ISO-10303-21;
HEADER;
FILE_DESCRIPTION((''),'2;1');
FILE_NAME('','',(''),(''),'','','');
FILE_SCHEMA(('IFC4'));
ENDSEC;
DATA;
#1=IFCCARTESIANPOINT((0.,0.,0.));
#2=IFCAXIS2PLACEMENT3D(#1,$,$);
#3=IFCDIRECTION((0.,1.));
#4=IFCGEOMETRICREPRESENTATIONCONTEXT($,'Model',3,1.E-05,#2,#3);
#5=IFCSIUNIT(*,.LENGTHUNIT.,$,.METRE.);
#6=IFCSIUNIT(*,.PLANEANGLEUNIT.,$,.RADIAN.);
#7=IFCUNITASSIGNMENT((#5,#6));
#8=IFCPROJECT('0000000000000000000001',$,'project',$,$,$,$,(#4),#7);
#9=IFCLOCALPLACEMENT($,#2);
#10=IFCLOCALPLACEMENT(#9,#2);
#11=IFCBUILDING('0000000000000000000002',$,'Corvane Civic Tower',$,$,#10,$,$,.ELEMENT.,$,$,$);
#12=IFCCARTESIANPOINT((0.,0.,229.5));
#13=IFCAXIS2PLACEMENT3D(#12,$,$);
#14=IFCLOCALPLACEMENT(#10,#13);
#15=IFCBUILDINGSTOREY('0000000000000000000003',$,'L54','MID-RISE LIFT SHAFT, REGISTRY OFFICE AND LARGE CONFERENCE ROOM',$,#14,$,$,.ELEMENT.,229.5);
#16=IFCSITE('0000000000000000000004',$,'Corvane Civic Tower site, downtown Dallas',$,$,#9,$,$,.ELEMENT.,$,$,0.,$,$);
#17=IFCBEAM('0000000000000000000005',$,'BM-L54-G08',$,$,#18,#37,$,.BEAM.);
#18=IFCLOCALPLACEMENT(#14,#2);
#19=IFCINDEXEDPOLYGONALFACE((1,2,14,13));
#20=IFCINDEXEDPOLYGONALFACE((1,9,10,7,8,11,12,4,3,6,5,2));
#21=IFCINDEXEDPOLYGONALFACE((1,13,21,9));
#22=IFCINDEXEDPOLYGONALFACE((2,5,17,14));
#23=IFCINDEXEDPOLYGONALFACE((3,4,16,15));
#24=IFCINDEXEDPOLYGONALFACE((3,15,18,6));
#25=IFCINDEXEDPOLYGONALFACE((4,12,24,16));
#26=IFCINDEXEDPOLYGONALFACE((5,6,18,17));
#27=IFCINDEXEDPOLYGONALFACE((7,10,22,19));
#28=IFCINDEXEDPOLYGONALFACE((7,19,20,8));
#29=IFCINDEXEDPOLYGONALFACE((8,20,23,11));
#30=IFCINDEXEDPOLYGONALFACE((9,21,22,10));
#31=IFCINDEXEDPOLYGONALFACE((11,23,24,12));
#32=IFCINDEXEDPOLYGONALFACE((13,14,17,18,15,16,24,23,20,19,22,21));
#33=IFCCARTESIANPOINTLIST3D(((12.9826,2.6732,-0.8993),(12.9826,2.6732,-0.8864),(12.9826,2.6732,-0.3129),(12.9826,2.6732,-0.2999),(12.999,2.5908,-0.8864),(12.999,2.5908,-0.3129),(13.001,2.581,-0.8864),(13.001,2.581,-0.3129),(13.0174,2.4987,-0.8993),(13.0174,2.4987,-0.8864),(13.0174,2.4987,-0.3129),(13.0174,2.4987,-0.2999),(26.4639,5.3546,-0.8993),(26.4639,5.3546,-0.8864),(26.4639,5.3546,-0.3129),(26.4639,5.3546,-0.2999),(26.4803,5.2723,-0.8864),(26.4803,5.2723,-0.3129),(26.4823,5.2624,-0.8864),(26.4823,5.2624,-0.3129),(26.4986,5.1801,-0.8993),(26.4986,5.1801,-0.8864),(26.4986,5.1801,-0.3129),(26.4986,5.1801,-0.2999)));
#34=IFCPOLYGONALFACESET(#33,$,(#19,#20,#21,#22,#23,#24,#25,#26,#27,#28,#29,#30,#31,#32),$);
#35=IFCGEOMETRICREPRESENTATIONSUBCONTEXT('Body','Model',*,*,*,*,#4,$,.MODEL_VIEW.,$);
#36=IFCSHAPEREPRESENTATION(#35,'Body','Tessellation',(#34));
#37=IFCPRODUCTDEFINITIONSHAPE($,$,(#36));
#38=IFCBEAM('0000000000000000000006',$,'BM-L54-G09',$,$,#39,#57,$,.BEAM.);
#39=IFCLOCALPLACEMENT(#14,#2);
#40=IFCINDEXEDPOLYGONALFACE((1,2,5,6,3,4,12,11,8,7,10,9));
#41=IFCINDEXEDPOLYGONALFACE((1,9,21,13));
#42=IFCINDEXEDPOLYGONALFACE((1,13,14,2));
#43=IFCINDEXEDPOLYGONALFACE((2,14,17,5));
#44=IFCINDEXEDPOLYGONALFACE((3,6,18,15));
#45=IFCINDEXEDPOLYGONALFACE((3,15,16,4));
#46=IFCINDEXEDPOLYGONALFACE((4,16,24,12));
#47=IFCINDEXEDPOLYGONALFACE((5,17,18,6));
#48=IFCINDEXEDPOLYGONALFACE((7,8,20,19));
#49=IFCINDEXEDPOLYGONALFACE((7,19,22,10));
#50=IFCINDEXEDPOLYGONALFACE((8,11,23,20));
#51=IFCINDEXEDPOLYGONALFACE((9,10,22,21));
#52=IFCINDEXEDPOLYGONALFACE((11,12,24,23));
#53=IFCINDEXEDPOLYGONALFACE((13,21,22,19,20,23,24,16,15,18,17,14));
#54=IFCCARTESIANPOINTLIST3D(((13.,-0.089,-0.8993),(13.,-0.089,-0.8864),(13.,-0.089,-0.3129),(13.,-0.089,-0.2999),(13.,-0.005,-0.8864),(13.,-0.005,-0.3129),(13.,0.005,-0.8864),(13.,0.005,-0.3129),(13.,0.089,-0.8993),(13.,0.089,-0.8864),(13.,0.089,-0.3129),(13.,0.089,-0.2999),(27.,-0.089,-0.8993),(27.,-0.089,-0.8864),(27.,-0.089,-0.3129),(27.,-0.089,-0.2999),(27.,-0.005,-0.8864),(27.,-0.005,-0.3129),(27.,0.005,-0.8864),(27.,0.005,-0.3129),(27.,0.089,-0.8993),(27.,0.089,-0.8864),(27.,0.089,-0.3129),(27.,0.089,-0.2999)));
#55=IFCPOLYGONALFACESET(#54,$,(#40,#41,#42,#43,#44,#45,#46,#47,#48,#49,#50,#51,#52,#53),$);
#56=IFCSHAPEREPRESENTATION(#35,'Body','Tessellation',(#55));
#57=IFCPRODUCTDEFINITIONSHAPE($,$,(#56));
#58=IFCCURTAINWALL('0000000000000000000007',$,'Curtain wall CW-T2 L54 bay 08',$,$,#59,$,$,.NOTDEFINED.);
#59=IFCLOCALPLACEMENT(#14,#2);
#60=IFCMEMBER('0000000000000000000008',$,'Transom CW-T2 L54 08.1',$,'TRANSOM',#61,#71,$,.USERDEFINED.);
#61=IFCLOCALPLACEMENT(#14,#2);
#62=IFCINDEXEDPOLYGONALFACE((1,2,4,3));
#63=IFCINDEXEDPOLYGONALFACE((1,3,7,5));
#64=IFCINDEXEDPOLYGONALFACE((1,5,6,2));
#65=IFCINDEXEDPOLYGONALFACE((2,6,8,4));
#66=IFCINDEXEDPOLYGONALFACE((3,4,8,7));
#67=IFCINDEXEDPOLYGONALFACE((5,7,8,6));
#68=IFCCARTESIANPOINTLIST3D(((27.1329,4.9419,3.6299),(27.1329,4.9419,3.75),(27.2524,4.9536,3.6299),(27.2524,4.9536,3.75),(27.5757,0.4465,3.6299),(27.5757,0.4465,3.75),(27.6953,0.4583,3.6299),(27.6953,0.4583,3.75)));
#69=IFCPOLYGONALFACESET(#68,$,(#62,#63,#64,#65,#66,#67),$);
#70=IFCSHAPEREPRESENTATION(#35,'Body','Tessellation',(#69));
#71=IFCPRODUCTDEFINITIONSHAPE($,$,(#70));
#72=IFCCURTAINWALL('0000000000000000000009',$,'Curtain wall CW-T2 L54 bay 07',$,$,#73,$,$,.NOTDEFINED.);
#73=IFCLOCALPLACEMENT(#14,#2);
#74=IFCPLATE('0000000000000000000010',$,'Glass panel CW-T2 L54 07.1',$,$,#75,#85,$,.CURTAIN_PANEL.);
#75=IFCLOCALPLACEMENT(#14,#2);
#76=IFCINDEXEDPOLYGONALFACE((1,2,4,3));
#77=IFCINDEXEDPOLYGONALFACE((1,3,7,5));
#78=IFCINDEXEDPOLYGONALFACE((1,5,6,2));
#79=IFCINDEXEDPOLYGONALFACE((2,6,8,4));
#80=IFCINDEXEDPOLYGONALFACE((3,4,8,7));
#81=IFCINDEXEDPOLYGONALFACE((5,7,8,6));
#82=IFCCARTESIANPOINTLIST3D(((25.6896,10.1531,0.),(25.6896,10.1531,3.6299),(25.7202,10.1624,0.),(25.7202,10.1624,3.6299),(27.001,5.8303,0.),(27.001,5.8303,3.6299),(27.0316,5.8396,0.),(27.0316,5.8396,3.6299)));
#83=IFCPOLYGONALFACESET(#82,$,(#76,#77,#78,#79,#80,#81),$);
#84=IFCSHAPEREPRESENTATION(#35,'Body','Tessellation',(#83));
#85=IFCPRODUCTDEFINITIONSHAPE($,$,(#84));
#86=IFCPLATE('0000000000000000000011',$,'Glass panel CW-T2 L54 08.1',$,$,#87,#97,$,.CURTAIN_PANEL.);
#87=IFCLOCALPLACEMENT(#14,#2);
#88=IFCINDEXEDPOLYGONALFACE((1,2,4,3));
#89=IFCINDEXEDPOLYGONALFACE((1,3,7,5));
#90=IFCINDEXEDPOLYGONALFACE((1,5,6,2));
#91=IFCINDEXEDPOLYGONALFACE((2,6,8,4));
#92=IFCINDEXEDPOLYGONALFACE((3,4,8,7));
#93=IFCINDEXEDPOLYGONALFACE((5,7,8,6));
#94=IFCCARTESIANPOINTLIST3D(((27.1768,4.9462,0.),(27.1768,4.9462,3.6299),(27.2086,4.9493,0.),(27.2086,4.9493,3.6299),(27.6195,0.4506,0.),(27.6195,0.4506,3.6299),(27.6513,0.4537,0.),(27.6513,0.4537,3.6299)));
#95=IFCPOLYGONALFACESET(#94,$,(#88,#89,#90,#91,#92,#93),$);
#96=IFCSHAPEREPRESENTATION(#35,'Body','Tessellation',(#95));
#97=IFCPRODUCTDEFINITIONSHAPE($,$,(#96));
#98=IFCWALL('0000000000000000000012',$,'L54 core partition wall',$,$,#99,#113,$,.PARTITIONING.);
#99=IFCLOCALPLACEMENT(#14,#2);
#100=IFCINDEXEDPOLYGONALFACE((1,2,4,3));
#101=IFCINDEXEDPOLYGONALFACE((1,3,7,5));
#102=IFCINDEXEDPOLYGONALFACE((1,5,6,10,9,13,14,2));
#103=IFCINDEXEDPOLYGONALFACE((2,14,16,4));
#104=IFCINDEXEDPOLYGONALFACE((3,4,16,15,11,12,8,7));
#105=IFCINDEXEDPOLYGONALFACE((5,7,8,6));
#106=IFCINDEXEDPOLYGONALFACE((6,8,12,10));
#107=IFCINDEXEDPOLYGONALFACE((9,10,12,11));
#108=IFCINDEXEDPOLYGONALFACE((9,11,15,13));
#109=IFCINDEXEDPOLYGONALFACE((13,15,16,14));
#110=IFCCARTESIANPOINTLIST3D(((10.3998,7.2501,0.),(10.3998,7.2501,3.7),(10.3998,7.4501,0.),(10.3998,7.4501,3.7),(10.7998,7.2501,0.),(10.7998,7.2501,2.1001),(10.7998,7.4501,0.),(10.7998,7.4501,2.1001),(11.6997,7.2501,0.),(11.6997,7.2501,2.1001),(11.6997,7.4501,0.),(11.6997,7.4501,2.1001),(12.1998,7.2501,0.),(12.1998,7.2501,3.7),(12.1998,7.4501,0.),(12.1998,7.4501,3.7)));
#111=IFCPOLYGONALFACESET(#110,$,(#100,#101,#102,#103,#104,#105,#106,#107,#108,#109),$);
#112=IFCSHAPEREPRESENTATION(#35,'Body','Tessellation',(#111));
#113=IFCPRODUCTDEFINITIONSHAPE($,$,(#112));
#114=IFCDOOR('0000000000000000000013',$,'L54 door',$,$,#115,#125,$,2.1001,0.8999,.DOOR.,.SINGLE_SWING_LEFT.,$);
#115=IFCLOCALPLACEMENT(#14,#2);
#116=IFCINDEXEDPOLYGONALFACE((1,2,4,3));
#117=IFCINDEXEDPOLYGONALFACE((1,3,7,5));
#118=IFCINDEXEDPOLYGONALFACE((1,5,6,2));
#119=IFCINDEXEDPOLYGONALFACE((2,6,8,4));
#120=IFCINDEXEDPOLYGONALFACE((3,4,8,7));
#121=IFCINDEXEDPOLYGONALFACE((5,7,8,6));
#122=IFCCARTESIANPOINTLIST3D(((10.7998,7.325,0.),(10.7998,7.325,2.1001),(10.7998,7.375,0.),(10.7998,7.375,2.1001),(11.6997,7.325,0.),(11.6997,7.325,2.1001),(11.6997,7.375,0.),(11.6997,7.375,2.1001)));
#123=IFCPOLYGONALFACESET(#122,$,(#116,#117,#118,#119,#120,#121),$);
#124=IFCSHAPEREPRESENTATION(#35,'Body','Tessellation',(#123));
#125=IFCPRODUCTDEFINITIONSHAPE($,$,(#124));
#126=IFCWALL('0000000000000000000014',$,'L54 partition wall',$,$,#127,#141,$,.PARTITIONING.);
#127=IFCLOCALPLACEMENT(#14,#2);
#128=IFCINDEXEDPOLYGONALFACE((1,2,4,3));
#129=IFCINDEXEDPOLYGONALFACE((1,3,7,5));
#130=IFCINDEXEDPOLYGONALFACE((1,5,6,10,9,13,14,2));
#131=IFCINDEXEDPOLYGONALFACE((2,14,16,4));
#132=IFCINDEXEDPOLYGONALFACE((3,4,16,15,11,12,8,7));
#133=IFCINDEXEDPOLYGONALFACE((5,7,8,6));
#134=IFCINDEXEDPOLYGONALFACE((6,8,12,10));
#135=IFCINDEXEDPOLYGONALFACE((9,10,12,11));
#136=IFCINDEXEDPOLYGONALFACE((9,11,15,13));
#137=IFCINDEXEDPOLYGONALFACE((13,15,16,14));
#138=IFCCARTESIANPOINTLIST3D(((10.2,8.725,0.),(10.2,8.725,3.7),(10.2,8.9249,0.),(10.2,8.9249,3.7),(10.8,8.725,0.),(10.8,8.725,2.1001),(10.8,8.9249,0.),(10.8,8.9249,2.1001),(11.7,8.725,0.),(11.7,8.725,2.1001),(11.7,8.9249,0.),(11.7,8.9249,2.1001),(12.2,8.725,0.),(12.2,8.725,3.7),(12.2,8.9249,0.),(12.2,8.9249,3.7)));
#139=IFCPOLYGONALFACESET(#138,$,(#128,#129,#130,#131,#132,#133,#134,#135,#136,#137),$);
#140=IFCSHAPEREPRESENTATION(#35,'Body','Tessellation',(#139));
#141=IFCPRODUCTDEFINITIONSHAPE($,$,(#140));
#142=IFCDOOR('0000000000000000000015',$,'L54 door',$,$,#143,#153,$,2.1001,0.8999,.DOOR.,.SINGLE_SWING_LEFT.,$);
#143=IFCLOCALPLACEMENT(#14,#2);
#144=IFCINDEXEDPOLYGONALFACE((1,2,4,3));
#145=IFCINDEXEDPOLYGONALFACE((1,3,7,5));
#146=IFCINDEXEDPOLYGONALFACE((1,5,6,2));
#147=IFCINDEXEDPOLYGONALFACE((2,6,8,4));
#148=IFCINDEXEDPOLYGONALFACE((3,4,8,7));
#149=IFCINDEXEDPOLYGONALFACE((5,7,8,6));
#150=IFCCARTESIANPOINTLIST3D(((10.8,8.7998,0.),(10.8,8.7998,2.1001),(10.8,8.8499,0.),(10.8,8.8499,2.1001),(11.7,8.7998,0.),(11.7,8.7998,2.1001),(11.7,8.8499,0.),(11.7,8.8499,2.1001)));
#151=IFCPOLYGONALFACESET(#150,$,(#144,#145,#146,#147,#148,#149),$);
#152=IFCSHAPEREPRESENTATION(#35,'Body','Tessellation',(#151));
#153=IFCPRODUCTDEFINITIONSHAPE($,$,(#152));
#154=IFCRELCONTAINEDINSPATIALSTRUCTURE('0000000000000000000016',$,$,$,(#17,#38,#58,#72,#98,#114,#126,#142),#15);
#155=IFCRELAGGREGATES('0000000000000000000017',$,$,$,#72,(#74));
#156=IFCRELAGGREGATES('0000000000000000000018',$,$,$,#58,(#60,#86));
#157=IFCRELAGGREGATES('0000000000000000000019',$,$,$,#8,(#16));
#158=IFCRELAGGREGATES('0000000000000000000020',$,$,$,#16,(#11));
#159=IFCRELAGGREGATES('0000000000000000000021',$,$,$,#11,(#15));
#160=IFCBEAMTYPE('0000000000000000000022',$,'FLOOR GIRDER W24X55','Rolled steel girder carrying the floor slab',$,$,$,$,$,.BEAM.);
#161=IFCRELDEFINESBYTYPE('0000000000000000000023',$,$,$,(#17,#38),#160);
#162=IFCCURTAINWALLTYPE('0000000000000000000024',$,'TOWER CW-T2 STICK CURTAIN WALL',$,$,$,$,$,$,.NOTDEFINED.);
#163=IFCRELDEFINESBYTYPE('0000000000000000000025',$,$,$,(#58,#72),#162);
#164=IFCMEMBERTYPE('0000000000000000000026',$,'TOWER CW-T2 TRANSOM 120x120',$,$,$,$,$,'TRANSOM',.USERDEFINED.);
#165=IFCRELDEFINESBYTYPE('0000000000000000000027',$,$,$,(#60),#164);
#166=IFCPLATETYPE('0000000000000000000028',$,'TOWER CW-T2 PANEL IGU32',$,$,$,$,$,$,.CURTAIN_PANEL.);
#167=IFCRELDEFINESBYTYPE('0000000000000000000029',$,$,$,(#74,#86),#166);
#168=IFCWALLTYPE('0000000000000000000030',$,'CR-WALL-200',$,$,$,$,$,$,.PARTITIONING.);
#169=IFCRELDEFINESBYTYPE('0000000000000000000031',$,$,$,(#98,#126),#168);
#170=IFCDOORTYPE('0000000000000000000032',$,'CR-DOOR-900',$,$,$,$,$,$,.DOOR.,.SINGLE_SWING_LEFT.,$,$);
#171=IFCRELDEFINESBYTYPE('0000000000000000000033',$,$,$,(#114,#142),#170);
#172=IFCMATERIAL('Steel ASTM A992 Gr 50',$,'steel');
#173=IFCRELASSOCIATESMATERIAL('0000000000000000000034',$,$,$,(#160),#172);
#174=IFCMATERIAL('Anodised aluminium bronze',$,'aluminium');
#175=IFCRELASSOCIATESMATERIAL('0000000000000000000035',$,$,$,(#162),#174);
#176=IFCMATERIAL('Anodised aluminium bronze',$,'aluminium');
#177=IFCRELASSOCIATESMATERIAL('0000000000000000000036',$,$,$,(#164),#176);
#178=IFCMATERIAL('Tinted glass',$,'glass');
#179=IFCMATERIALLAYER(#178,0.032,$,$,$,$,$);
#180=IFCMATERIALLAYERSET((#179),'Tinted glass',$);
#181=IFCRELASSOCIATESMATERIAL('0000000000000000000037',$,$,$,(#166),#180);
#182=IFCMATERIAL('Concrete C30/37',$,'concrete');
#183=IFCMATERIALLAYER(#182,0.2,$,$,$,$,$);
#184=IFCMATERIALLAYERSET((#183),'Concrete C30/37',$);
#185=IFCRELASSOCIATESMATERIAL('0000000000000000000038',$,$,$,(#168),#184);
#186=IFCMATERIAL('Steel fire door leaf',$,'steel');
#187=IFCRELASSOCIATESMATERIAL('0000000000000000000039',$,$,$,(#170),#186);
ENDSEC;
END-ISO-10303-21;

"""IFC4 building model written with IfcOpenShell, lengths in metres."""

from ifc_helpers import new_model, si_unit, direction, frame, frame_2d, origin, origin_2d, place, context, subcontext, project, spatial, rectangle, i_section, extrude, material, layer, layer_set, material_profile, profile_set, type_object, element, fill, aggregate, save


model = new_model("IFC4")

# Units and contexts
model_context = context("Model", 3, precision=1e-05, world=origin(), true_north=direction((0.0, 1.0)))
body_context = subcontext(model_context, "Body", "Model", "MODEL_VIEW")
ifc_project = project(units=[si_unit("LENGTHUNIT", "METRE"), si_unit("PLANEANGLEUNIT", "RADIAN")], contexts=[model_context])

# Site, building, storey
site_placement = place(None, origin())
site = spatial("IfcSite", under=ifc_project, at=site_placement, Name="Corvane Civic Tower site, downtown Dallas", CompositionType="ELEMENT", RefElevation=0.0)
building_placement = place(site_placement, origin())
building = spatial("IfcBuilding", under=site, at=building_placement, Name="Corvane Civic Tower", CompositionType="ELEMENT")
storey_placement = place(building_placement, frame((0.0, 0.0, 229.5)))
storey = spatial("IfcBuildingStorey", under=building, at=storey_placement, Name="L54", Description="MID-RISE LIFT SHAFT, REGISTRY OFFICE AND LARGE CONFERENCE ROOM", CompositionType="ELEMENT", Elevation=229.5)

# Beams
ifc_material_1 = material(Name="Steel ASTM A992 Gr 50", Category="steel")
ifc_material_profile_1 = material_profile(ifc_material_1, i_section(OverallWidth=0.178, OverallDepth=0.5994, WebThickness=0.01, FlangeThickness=0.0129, at=origin_2d()), Name="W24X55")
ifc_profile_set_1 = profile_set([ifc_material_profile_1], Name="Steel ASTM A992 Gr 50")
beam_type_1 = type_object("IfcBeamType", Name="FLOOR GIRDER W24X55", Description="Rolled steel girder carrying the floor slab", PredefinedType="BEAM", material=ifc_profile_set_1)
beam_1_placement = place(storey_placement, frame((13.0, 2.5859, -0.5996), z_axis=(0.980788, 0.195078, 0.0), x_axis=(-0.195078, 0.980788, 0.0)))
element("IfcBeam", 1, at=beam_1_placement, inside=storey, type_object=beam_type_1, Name="BM-L54-G08", PredefinedType="BEAM", context=body_context, shape_type="SweptSolid", body=[
    extrude(i_section(OverallWidth=0.178, OverallDepth=0.5994, WebThickness=0.01, FlangeThickness=0.0129, at=origin_2d()), origin(), (0.0, 0.0, 1.0), 13.7454),
])
beam_2_placement = place(storey_placement, frame((13.0, 0.0, -0.5996), z_axis=(1.0, 0.0, 0.0), x_axis=(0.0, 1.0, 0.0)))
element("IfcBeam", 2, at=beam_2_placement, inside=storey, type_object=beam_type_1, Name="BM-L54-G09", PredefinedType="BEAM", context=body_context, shape_type="SweptSolid", body=[
    extrude(i_section(OverallWidth=0.178, OverallDepth=0.5994, WebThickness=0.01, FlangeThickness=0.0129, at=origin_2d()), origin(), (0.0, 0.0, 1.0), 14.0),
])

# Curtain wall, member
ifc_material_2 = material(Name="Anodised aluminium bronze", Category="aluminium")
curtain_wall_type = type_object("IfcCurtainWallType", Name="TOWER CW-T2 STICK CURTAIN WALL", PredefinedType="NOTDEFINED", material=ifc_material_2)
curtain_wall_1_placement = place(storey_placement, origin())
curtain_wall_1 = element("IfcCurtainWall", 3, at=curtain_wall_1_placement, inside=storey, type_object=curtain_wall_type, Name="Curtain wall CW-T2 L54 bay 08", PredefinedType="NOTDEFINED")
ifc_material_3 = material(Name="Anodised aluminium bronze", Category="aluminium")
ifc_material_profile_2 = material_profile(ifc_material_3, rectangle(XDim=0.1201, YDim=0.1201, at=origin_2d()), Name="TOWER CW-T2 TRANSOM 120x120")
ifc_profile_set_2 = profile_set([ifc_material_profile_2], Name="Anodised aluminium bronze")
member_type = type_object("IfcMemberType", Name="TOWER CW-T2 TRANSOM 120x120", ElementType="TRANSOM", PredefinedType="USERDEFINED", material=ifc_profile_set_2)
member_placement = place(storey_placement, frame((27.1926, 4.9478, 3.6899), z_axis=(0.098043, -0.995182, 0.0), x_axis=(0.995182, 0.098043, 0.0)))
member = element("IfcMember", 4, at=member_placement, type_object=member_type, Name="Transom CW-T2 L54 08.1", ObjectType="TRANSOM", PredefinedType="USERDEFINED", context=body_context, shape_type="SweptSolid", body=[
    extrude(rectangle(XDim=0.1201, YDim=0.1201, at=origin_2d()), origin(), (0.0, 0.0, 1.0), 4.5171),
])

# Curtain wall, plate
curtain_wall_2_placement = place(storey_placement, origin())
curtain_wall_2 = element("IfcCurtainWall", 5, at=curtain_wall_2_placement, inside=storey, type_object=curtain_wall_type, Name="Curtain wall CW-T2 L54 bay 07", PredefinedType="NOTDEFINED")
ifc_material_4 = material(Name="Tinted glass", Category="glass")
ifc_layer_1 = layer(ifc_material_4, 0.032)
ifc_layer_set_1 = layer_set([ifc_layer_1], Name="Tinted glass")
plate_type = type_object("IfcPlateType", Name="TOWER CW-T2 PANEL IGU32", PredefinedType="CURTAIN_PANEL", material=ifc_layer_set_1)
plate_1_placement = place(storey_placement, frame((26.3606, 7.9963, 0.0), z_axis=(0.0, 0.0, 1.0), x_axis=(0.29029, -0.956939, 0.0)))
plate_1 = element("IfcPlate", 6, at=plate_1_placement, type_object=plate_type, Name="Glass panel CW-T2 L54 07.1", PredefinedType="CURTAIN_PANEL", context=body_context, shape_type="SweptSolid", body=[
    extrude(rectangle(XDim=4.5173, YDim=0.032, at=origin_2d()), origin(), (0.0, 0.0, 1.0), 3.6299),
])
aggregate(curtain_wall_2, [plate_1])

# Plate
plate_2_placement = place(storey_placement, frame((27.4141, 2.7, 0.0), z_axis=(0.0, 0.0, 1.0), x_axis=(0.097993, -0.995187, 0.0)))
plate_2 = element("IfcPlate", 7, at=plate_2_placement, type_object=plate_type, Name="Glass panel CW-T2 L54 08.1", PredefinedType="CURTAIN_PANEL", context=body_context, shape_type="SweptSolid", body=[
    extrude(rectangle(XDim=4.5173, YDim=0.032, at=origin_2d()), origin(), (0.0, 0.0, 1.0), 3.6299),
])
aggregate(curtain_wall_1, [member, plate_2])

# Walls, openings, doors
ifc_material_5 = material(Name="Concrete C30/37", Category="concrete")
ifc_layer_2 = layer(ifc_material_5, 0.2)
ifc_layer_set_2 = layer_set([ifc_layer_2], Name="Concrete C30/37")
wall_type_1 = type_object("IfcWallType", Name="CR-WALL-200", PredefinedType="PARTITIONING", material=ifc_layer_set_2)
wall_1_placement = place(storey_placement, frame((10.3999, 7.3501, 0.0), z_axis=(0.0, 0.0, 1.0), x_axis=(1.0, 0.0, 0.0)))
wall_1 = element("IfcWall", 8, at=wall_1_placement, inside=storey, type_object=wall_type_1, Name="L54 core partition wall", PredefinedType="PARTITIONING", context=body_context, shape_type="SweptSolid", body=[
    extrude(rectangle(XDim=1.8, YDim=0.2, at=frame_2d((0.8999, 0.0))), origin(), (0.0, 0.0, 1.0), 3.7),
])
opening_1_placement = place(wall_1_placement, frame((0.3999, 0.0, 0.0)))
opening_1 = element("IfcOpeningElement", 9, at=opening_1_placement, cuts=wall_1, PredefinedType="OPENING", context=body_context, shape_type="SweptSolid", body=[
    extrude(rectangle(XDim=0.8999, YDim=2.1001, at=frame_2d((0.45, 1.05))), frame((0.0, 0.1099, 0.0), z_axis=(0.0, -1.0, 0.0), x_axis=(1.0, 0.0, 0.0)), (0.0, 0.0, 1.0), 0.22),
])
ifc_material_6 = material(Name="Steel fire door leaf", Category="steel")
door_type_1 = type_object("IfcDoorType", Name="CR-DOOR-900", OperationType="SINGLE_SWING_LEFT", PredefinedType="DOOR", material=ifc_material_6)
door_1_placement = place(opening_1_placement, origin())
door_1 = element("IfcDoor", 10, at=door_1_placement, inside=storey, type_object=door_type_1, Name="L54 door", OperationType="SINGLE_SWING_LEFT", OverallHeight=2.1001, OverallWidth=0.8999, PredefinedType="DOOR", context=body_context, shape_type="SweptSolid", body=[
    extrude(rectangle(XDim=0.8999, YDim=2.1001, at=frame_2d((0.45, 1.05))), frame((0.0, 0.0249, 0.0), z_axis=(0.0, -1.0, 0.0), x_axis=(1.0, 0.0, 0.0)), (0.0, 0.0, 1.0), 0.05),
])
fill(opening_1, door_1)
wall_2_placement = place(storey_placement, frame((10.2, 8.825, 0.0), z_axis=(0.0, 0.0, 1.0), x_axis=(1.0, 0.0, 0.0)))
wall_2 = element("IfcWall", 11, at=wall_2_placement, inside=storey, type_object=wall_type_1, Name="L54 partition wall", PredefinedType="PARTITIONING", context=body_context, shape_type="SweptSolid", body=[
    extrude(rectangle(XDim=2.0, YDim=0.2, at=frame_2d((1.0, 0.0))), origin(), (0.0, 0.0, 1.0), 3.7),
])
opening_2_placement = place(wall_2_placement, frame((0.6001, 0.0, 0.0)))
opening_2 = element("IfcOpeningElement", 12, at=opening_2_placement, cuts=wall_2, PredefinedType="OPENING", context=body_context, shape_type="SweptSolid", body=[
    extrude(rectangle(XDim=0.8999, YDim=2.1001, at=frame_2d((0.45, 1.05))), frame((0.0, 0.1099, 0.0), z_axis=(0.0, -1.0, 0.0), x_axis=(1.0, 0.0, 0.0)), (0.0, 0.0, 1.0), 0.22),
])
door_2_placement = place(opening_2_placement, origin())
door_2 = element("IfcDoor", 13, at=door_2_placement, inside=storey, type_object=door_type_1, Name="L54 door", OperationType="SINGLE_SWING_LEFT", OverallHeight=2.1001, OverallWidth=0.8999, PredefinedType="DOOR", context=body_context, shape_type="SweptSolid", body=[
    extrude(rectangle(XDim=0.8999, YDim=2.1001, at=frame_2d((0.45, 1.05))), frame((0.0, 0.0249, 0.0), z_axis=(0.0, -1.0, 0.0), x_axis=(1.0, 0.0, 0.0)), (0.0, 0.0, 1.0), 0.05),
])
fill(opening_2, door_2)

save(model, "model.ifc")
